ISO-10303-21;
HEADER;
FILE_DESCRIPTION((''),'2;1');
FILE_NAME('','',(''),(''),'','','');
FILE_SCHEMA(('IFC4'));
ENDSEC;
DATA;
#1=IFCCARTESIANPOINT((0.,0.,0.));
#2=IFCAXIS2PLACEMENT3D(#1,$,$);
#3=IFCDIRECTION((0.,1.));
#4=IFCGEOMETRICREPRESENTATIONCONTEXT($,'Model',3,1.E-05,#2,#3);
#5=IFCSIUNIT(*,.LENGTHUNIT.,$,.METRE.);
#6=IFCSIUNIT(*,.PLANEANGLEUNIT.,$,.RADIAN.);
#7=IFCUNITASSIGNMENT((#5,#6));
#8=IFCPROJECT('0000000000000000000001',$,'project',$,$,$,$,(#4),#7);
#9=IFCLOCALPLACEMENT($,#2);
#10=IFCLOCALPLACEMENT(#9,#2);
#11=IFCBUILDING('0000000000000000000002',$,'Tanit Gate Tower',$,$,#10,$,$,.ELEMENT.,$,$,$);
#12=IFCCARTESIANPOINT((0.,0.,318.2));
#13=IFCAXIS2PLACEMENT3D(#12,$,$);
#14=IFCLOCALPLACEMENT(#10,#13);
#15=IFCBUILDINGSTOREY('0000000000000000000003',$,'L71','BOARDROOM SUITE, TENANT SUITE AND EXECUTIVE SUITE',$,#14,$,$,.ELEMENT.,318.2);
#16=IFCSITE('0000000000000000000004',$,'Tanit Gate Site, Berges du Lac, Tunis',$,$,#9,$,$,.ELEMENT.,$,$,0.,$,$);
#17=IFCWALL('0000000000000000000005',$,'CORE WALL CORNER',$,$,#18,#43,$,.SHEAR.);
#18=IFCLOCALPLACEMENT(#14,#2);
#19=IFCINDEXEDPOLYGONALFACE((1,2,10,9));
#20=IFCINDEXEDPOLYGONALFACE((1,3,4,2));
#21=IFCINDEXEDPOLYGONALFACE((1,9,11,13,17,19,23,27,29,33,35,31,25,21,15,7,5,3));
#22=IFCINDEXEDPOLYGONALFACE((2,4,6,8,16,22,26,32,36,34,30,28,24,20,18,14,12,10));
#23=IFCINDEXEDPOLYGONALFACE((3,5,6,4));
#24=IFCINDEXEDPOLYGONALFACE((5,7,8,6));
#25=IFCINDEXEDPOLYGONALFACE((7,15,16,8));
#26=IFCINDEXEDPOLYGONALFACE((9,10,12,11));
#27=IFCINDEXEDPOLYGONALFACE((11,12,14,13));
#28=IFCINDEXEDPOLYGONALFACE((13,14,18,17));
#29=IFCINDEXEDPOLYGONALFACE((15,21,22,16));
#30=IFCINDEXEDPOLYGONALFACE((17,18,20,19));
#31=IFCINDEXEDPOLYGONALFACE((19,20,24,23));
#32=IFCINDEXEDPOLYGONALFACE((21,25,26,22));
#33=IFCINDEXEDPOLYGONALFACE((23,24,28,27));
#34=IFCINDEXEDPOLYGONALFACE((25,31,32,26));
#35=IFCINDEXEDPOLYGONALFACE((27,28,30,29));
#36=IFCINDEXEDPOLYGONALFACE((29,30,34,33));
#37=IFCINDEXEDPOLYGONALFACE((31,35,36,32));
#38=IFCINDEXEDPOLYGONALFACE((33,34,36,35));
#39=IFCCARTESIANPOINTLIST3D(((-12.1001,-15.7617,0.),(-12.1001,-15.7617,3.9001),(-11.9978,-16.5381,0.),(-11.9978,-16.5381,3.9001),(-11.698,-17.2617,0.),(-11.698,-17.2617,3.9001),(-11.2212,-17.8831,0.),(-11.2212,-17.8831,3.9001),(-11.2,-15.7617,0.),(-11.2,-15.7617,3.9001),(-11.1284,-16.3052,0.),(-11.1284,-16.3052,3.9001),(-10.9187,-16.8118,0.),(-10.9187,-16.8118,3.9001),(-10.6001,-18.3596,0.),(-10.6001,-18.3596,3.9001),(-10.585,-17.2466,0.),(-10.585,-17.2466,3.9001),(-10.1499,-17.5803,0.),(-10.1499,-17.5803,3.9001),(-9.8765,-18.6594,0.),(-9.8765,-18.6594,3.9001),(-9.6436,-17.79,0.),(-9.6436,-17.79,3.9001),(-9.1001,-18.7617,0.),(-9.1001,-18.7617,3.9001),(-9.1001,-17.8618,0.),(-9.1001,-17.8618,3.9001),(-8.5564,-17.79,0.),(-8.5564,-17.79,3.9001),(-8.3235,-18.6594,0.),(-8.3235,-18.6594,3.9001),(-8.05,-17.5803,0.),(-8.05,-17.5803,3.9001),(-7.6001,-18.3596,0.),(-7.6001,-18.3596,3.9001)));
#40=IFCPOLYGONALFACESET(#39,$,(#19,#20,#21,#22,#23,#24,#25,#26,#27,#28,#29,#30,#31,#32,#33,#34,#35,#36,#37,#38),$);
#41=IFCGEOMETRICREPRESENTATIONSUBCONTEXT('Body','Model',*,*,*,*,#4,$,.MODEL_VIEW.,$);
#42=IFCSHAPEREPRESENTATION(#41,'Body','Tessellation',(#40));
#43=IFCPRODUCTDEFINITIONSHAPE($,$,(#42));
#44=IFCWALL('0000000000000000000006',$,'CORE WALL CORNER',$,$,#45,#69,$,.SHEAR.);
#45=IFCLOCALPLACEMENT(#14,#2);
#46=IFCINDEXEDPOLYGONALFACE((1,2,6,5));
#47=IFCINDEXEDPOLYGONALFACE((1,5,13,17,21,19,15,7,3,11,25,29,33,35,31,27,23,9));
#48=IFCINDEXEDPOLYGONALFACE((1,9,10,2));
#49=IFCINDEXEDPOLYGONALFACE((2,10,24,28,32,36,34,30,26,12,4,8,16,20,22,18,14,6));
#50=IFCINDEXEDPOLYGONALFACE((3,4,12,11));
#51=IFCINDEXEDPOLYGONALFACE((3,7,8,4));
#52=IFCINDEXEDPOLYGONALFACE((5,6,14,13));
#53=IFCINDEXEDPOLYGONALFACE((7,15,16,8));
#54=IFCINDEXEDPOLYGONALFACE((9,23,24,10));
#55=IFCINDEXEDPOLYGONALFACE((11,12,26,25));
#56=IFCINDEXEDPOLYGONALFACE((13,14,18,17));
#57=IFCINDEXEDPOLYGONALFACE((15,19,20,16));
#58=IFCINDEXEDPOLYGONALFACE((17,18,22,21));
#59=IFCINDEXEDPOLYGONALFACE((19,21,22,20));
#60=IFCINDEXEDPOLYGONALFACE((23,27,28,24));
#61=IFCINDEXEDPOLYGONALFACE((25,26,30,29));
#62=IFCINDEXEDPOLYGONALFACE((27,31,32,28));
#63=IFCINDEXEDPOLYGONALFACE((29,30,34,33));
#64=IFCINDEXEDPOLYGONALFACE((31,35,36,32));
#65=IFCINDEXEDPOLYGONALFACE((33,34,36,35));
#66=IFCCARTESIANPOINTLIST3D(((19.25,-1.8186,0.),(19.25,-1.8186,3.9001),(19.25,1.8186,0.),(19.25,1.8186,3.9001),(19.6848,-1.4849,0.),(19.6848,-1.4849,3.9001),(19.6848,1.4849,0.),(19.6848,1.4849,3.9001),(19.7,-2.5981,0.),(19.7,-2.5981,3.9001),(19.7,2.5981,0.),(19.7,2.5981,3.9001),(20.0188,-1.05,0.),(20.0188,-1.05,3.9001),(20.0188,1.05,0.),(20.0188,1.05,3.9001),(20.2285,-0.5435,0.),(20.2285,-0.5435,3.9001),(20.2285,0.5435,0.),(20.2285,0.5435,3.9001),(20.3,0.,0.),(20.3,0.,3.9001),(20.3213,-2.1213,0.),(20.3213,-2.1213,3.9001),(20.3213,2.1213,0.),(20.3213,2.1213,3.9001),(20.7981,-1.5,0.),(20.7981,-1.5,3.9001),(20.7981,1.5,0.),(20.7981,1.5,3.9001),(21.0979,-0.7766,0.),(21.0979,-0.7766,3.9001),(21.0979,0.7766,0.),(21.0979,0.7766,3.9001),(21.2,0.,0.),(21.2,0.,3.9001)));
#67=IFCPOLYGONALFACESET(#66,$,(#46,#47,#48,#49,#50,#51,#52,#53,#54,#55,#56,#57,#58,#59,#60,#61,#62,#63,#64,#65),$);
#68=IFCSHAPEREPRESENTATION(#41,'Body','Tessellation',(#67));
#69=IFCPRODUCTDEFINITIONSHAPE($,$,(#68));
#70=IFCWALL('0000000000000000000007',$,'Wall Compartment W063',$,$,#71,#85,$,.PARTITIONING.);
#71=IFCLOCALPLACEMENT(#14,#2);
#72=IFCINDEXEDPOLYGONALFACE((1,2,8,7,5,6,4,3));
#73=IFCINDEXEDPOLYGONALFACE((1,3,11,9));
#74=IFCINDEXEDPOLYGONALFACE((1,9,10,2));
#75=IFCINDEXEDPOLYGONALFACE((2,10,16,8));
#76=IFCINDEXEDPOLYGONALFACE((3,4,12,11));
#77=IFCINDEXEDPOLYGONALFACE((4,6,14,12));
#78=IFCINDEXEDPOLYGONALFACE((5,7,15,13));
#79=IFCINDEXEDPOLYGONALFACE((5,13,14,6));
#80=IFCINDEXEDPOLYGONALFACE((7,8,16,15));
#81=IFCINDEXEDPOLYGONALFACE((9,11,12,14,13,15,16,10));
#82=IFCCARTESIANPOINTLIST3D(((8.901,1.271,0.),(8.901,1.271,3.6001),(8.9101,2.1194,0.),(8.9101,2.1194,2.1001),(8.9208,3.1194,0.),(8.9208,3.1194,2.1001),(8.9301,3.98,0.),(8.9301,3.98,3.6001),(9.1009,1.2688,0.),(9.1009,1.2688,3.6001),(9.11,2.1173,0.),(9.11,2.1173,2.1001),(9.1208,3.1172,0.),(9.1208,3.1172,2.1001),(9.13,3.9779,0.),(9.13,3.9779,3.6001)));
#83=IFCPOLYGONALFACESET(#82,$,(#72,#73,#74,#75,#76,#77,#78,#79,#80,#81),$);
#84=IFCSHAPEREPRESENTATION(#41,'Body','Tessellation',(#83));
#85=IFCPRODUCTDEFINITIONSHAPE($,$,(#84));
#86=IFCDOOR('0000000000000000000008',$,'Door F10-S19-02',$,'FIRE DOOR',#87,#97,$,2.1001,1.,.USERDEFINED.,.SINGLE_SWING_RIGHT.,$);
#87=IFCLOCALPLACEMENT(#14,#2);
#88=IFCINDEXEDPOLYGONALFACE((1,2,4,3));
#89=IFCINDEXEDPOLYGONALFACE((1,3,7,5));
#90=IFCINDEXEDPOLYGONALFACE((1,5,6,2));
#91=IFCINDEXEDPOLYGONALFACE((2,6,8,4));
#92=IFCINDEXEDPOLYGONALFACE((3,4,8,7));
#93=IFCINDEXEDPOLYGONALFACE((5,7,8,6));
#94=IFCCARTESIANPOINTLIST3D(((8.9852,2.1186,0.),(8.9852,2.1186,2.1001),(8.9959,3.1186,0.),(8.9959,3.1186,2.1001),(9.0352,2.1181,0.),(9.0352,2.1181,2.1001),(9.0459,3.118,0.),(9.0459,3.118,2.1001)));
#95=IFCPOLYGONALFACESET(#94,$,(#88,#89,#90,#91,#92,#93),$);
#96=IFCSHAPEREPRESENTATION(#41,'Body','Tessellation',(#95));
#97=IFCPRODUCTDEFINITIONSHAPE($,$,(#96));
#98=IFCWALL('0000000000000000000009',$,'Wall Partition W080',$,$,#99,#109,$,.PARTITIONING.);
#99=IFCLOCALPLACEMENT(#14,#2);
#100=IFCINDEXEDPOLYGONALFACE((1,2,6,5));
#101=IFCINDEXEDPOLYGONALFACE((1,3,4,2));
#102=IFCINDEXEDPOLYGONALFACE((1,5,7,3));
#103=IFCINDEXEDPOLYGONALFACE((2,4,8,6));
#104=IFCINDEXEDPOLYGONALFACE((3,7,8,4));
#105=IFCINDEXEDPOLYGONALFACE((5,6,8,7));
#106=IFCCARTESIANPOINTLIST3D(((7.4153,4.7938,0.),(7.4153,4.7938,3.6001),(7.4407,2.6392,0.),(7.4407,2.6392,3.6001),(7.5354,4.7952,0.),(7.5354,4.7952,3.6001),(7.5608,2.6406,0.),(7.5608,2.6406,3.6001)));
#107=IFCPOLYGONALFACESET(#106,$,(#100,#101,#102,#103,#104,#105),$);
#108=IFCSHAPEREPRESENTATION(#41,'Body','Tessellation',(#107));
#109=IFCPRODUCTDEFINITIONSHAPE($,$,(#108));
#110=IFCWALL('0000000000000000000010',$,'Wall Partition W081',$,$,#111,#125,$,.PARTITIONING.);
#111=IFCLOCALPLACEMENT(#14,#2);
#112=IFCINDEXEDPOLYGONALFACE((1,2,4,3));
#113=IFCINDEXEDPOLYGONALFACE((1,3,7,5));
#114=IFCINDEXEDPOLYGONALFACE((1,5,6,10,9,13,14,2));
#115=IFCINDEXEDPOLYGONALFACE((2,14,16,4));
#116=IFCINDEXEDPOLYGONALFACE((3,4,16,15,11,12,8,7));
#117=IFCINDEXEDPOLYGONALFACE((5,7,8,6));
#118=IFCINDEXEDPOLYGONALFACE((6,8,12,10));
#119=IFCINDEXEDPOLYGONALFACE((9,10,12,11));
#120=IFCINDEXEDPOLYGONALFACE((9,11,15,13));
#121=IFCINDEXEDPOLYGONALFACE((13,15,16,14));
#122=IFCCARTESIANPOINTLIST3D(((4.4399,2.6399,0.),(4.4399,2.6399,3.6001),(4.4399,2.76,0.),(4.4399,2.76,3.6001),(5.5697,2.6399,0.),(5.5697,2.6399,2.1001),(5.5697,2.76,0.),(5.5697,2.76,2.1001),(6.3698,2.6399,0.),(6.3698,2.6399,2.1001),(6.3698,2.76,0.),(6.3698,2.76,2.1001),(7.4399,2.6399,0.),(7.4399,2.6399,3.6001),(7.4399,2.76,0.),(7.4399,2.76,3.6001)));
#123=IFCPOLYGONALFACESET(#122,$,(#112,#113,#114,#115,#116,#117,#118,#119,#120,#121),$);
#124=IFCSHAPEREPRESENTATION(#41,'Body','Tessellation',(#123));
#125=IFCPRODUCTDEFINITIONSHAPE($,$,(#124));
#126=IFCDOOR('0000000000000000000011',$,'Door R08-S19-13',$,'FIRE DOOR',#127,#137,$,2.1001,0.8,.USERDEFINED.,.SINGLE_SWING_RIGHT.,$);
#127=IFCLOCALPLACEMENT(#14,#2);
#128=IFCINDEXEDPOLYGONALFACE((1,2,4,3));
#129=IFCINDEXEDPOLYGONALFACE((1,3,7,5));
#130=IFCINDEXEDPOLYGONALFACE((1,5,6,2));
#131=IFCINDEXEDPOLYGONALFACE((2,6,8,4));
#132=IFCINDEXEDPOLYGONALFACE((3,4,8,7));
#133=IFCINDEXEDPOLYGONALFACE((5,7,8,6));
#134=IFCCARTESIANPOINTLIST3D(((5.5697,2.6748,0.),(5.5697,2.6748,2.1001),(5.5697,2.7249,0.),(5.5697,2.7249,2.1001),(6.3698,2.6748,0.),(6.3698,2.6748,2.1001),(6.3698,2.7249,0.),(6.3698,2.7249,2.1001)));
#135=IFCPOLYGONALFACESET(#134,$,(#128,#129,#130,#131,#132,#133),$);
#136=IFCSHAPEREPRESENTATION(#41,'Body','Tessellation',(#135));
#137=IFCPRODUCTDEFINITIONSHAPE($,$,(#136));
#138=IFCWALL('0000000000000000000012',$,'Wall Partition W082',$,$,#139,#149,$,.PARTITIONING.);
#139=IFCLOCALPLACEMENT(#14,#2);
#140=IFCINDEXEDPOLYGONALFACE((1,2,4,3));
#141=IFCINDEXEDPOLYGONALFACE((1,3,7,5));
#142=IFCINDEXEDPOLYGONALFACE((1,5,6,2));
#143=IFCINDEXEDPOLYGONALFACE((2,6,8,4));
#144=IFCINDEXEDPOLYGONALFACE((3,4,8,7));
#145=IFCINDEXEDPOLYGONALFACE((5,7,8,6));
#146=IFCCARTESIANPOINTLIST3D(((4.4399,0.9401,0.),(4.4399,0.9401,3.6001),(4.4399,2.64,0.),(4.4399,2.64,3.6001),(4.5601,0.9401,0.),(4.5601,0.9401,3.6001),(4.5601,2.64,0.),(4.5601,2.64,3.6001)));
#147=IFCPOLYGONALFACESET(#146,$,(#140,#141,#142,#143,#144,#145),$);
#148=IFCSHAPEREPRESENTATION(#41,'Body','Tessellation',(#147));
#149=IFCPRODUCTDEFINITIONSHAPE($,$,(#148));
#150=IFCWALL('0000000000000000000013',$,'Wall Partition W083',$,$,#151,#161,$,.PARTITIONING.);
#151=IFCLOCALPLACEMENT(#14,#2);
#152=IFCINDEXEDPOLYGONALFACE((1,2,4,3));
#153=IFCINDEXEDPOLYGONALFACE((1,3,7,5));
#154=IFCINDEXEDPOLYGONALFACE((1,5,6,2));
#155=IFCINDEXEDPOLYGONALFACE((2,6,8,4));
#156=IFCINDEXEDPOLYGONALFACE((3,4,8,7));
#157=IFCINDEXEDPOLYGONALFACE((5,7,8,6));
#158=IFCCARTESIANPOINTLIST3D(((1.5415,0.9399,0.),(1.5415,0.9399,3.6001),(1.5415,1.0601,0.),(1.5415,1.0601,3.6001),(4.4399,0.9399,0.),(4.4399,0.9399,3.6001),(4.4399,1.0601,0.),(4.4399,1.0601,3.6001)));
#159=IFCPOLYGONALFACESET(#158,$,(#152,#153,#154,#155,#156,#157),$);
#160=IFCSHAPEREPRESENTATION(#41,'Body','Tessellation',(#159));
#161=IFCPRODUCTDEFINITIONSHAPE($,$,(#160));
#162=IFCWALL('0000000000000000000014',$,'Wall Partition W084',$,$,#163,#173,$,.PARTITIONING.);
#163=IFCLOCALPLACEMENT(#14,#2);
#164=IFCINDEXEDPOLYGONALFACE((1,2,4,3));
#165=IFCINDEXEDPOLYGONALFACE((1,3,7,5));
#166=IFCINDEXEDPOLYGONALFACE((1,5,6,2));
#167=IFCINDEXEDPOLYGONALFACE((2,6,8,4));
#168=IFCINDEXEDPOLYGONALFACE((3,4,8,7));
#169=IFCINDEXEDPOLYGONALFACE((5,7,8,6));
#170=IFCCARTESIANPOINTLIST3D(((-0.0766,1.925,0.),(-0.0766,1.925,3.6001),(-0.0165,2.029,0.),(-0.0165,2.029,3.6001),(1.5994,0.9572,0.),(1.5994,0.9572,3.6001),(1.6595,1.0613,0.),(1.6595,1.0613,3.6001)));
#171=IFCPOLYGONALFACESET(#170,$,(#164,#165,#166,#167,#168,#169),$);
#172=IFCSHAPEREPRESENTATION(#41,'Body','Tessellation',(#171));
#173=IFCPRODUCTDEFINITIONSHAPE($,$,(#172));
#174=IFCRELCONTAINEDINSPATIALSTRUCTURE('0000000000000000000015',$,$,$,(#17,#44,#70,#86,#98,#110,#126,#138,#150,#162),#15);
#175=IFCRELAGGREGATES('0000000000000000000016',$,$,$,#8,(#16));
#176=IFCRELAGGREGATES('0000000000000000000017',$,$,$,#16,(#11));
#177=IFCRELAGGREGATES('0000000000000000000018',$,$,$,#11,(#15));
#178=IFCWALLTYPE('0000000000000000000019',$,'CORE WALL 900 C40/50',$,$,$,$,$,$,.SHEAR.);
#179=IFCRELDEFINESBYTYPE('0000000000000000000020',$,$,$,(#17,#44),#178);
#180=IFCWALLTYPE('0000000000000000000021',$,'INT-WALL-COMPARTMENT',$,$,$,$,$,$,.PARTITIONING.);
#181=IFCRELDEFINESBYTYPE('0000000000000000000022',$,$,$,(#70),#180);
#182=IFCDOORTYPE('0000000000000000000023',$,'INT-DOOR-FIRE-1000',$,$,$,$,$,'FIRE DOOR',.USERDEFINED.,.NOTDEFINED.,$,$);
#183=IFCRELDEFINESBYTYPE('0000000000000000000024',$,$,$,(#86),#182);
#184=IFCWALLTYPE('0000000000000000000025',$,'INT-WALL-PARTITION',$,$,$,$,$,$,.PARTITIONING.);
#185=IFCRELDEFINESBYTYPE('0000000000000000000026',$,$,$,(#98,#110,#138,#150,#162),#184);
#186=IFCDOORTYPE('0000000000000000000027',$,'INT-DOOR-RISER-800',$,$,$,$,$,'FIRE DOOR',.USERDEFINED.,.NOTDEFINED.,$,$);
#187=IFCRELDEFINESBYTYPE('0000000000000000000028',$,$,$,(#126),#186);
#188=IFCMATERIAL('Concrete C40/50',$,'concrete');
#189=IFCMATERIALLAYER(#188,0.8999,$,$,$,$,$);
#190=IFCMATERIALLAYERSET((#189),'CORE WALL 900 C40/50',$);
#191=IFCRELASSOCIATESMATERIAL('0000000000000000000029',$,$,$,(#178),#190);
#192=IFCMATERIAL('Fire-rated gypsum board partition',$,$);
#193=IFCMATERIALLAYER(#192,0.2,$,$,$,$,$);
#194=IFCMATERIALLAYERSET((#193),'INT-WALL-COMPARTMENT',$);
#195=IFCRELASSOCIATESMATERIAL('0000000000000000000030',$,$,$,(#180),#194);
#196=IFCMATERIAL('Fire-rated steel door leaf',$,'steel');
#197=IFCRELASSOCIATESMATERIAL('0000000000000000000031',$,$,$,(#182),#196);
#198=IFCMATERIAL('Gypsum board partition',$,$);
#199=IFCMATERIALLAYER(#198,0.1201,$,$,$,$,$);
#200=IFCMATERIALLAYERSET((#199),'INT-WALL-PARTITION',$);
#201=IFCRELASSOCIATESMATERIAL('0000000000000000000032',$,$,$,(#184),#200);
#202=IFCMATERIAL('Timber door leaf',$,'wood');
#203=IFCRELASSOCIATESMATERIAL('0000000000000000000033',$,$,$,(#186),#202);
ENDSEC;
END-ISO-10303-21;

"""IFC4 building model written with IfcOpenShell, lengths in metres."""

from ifc_helpers import new_model, si_unit, direction, frame, frame_2d, origin, place, context, subcontext, project, spatial, polyline, rectangle, outline, extrude, material, layer, layer_set, type_object, element, fill, save


model = new_model("IFC4")

# Units and contexts
model_context = context("Model", 3, precision=1e-05, world=origin(), true_north=direction((0.0, 1.0)))
body_context = subcontext(model_context, "Body", "Model", "MODEL_VIEW")
ifc_project = project(units=[si_unit("LENGTHUNIT", "METRE"), si_unit("PLANEANGLEUNIT", "RADIAN")], contexts=[model_context])

# Site, building, storey
site_placement = place(None, origin())
site = spatial("IfcSite", under=ifc_project, at=site_placement, Name="Tanit Gate Site, Berges du Lac, Tunis", CompositionType="ELEMENT", RefElevation=0.0)
building_placement = place(site_placement, origin())
building = spatial("IfcBuilding", under=site, at=building_placement, Name="Tanit Gate Tower", CompositionType="ELEMENT")
storey_placement = place(building_placement, frame((0.0, 0.0, 318.2)))
storey = spatial("IfcBuildingStorey", under=building, at=storey_placement, Name="L71", Description="BOARDROOM SUITE, TENANT SUITE AND EXECUTIVE SUITE", CompositionType="ELEMENT", Elevation=318.2)

# Walls
ifc_material_1 = material(Name="Concrete C40/50", Category="concrete")
ifc_layer_1 = layer(ifc_material_1, 0.8999)
ifc_layer_set_1 = layer_set([ifc_layer_1], Name="CORE WALL 900 C40/50")
wall_type_1 = type_object("IfcWallType", Name="CORE WALL 900 C40/50", PredefinedType="SHEAR", material=ifc_layer_set_1)
wall_1_placement = place(storey_placement, origin())
element("IfcWall", 1, at=wall_1_placement, inside=storey, type_object=wall_type_1, Name="CORE WALL CORNER", PredefinedType="SHEAR", context=body_context, shape_type="SweptSolid", body=[
    extrude(outline(polyline([(-12.1001, -15.7617), (-11.9978, -16.5381), (-11.698, -17.2617), (-11.2212, -17.8831), (-10.6001, -18.3596), (-9.8765, -18.6594), (-9.1001, -18.7617), (-8.3235, -18.6594), (-7.6001, -18.3596), (-8.05, -17.5803), (-8.5564, -17.79), (-9.1001, -17.8618), (-9.6436, -17.79), (-10.1499, -17.5803), (-10.585, -17.2466), (-10.9187, -16.8118), (-11.1284, -16.3052), (-11.2, -15.7617), (-12.1001, -15.7617)])), origin(), (0.0, 0.0, 1.0), 3.9001),
])
wall_2_placement = place(storey_placement, origin())
element("IfcWall", 2, at=wall_2_placement, inside=storey, type_object=wall_type_1, Name="CORE WALL CORNER", PredefinedType="SHEAR", context=body_context, shape_type="SweptSolid", body=[
    extrude(outline(polyline([(19.7, -2.5981), (20.3213, -2.1213), (20.7981, -1.5), (21.0979, -0.7766), (21.2, 0.0), (21.0979, 0.7766), (20.7981, 1.5), (20.3213, 2.1213), (19.7, 2.5981), (19.25, 1.8186), (19.6848, 1.4849), (20.0188, 1.05), (20.2285, 0.5435), (20.3, 0.0), (20.2285, -0.5435), (20.0188, -1.05), (19.6848, -1.4849), (19.25, -1.8186), (19.7, -2.5981)])), origin(), (0.0, 0.0, 1.0), 3.9001),
])

# Wall, opening, door
ifc_material_2 = material(Name="Fire-rated gypsum board partition")
ifc_layer_2 = layer(ifc_material_2, 0.2)
ifc_layer_set_2 = layer_set([ifc_layer_2], Name="INT-WALL-COMPARTMENT")
wall_type_2 = type_object("IfcWallType", Name="INT-WALL-COMPARTMENT", PredefinedType="PARTITIONING", material=ifc_layer_set_2)
wall_3_placement = place(storey_placement, frame((9.001, 1.27, 0.0), z_axis=(0.0, 0.0, 1.0), x_axis=(0.010724, 0.999942, 0.0)))
wall_3 = element("IfcWall", 3, at=wall_3_placement, inside=storey, type_object=wall_type_2, Name="Wall Compartment W063", PredefinedType="PARTITIONING", context=body_context, shape_type="SweptSolid", body=[
    extrude(rectangle(XDim=2.7092, YDim=0.2, at=frame_2d((1.3545, 0.0))), origin(), (0.0, 0.0, 1.0), 3.6001),
])
opening_1_placement = place(wall_3_placement, frame((0.8484, 0.0, 0.0)))
opening_1 = element("IfcOpeningElement", 4, at=opening_1_placement, cuts=wall_3, PredefinedType="OPENING", context=body_context, shape_type="SweptSolid", body=[
    extrude(rectangle(XDim=1.0, YDim=2.1001, at=frame_2d((0.5, 1.05))), frame((0.0, 0.1099, 0.0), z_axis=(0.0, -1.0, 0.0), x_axis=(1.0, 0.0, 0.0)), (0.0, 0.0, 1.0), 0.22),
])
ifc_material_3 = material(Name="Fire-rated steel door leaf", Category="steel")
door_type_1 = type_object("IfcDoorType", Name="INT-DOOR-FIRE-1000", ElementType="FIRE DOOR", OperationType="NOTDEFINED", PredefinedType="USERDEFINED", material=ifc_material_3)
door_1_placement = place(opening_1_placement, origin())
door_1 = element("IfcDoor", 5, at=door_1_placement, inside=storey, type_object=door_type_1, Name="Door F10-S19-02", ObjectType="FIRE DOOR", OperationType="SINGLE_SWING_RIGHT", OverallHeight=2.1001, OverallWidth=1.0, PredefinedType="USERDEFINED", context=body_context, shape_type="SweptSolid", body=[
    extrude(rectangle(XDim=1.0, YDim=2.1001, at=frame_2d((0.5, 1.05))), frame((0.0, 0.0249, 0.0), z_axis=(0.0, -1.0, 0.0), x_axis=(1.0, 0.0, 0.0)), (0.0, 0.0, 1.0), 0.05),
])
fill(opening_1, door_1)

# Wall
ifc_material_4 = material(Name="Gypsum board partition")
ifc_layer_3 = layer(ifc_material_4, 0.1201)
ifc_layer_set_3 = layer_set([ifc_layer_3], Name="INT-WALL-PARTITION")
wall_type_3 = type_object("IfcWallType", Name="INT-WALL-PARTITION", PredefinedType="PARTITIONING", material=ifc_layer_set_3)
wall_4_placement = place(storey_placement, frame((7.5007, 2.6399, 0.0), z_axis=(0.0, 0.0, 1.0), x_axis=(-0.011784, 0.999931, 0.0)))
element("IfcWall", 6, at=wall_4_placement, inside=storey, type_object=wall_type_3, Name="Wall Partition W080", PredefinedType="PARTITIONING", context=body_context, shape_type="SweptSolid", body=[
    extrude(rectangle(XDim=2.1548, YDim=0.1201, at=frame_2d((1.0774, 0.0))), origin(), (0.0, 0.0, 1.0), 3.6001),
])

# Wall, opening, door
wall_5_placement = place(storey_placement, frame((4.4399, 2.7, 0.0), z_axis=(0.0, 0.0, 1.0), x_axis=(1.0, 0.0, 0.0)))
wall_5 = element("IfcWall", 7, at=wall_5_placement, inside=storey, type_object=wall_type_3, Name="Wall Partition W081", PredefinedType="PARTITIONING", context=body_context, shape_type="SweptSolid", body=[
    extrude(rectangle(XDim=3.0, YDim=0.1201, at=frame_2d((1.5, 0.0))), origin(), (0.0, 0.0, 1.0), 3.6001),
])
opening_2_placement = place(wall_5_placement, frame((1.1299, 0.0, 0.0)))
opening_2 = element("IfcOpeningElement", 8, at=opening_2_placement, cuts=wall_5, PredefinedType="OPENING", context=body_context, shape_type="SweptSolid", body=[
    extrude(rectangle(XDim=0.8, YDim=2.1001, at=frame_2d((0.3999, 1.05))), frame((0.0, 0.0701, 0.0), z_axis=(0.0, -1.0, 0.0), x_axis=(1.0, 0.0, 0.0)), (0.0, 0.0, 1.0), 0.1401),
])
ifc_material_5 = material(Name="Timber door leaf", Category="wood")
door_type_2 = type_object("IfcDoorType", Name="INT-DOOR-RISER-800", ElementType="FIRE DOOR", OperationType="NOTDEFINED", PredefinedType="USERDEFINED", material=ifc_material_5)
door_2_placement = place(opening_2_placement, origin())
door_2 = element("IfcDoor", 9, at=door_2_placement, inside=storey, type_object=door_type_2, Name="Door R08-S19-13", ObjectType="FIRE DOOR", OperationType="SINGLE_SWING_RIGHT", OverallHeight=2.1001, OverallWidth=0.8, PredefinedType="USERDEFINED", context=body_context, shape_type="SweptSolid", body=[
    extrude(rectangle(XDim=0.8, YDim=2.1001, at=frame_2d((0.3999, 1.05))), frame((0.0, 0.0249, 0.0), z_axis=(0.0, -1.0, 0.0), x_axis=(1.0, 0.0, 0.0)), (0.0, 0.0, 1.0), 0.05),
])
fill(opening_2, door_2)

# Walls
wall_6_placement = place(storey_placement, frame((4.5, 0.9399, 0.0), z_axis=(0.0, 0.0, 1.0), x_axis=(0.0, 1.0, 0.0)))
element("IfcWall", 10, at=wall_6_placement, inside=storey, type_object=wall_type_3, Name="Wall Partition W082", PredefinedType="PARTITIONING", context=body_context, shape_type="SweptSolid", body=[
    extrude(rectangle(XDim=1.7, YDim=0.1201, at=frame_2d((0.8501, 0.0))), origin(), (0.0, 0.0, 1.0), 3.6001),
])
wall_7_placement = place(storey_placement, frame((1.5415, 1.0, 0.0), z_axis=(0.0, 0.0, 1.0), x_axis=(1.0, 0.0, 0.0)))
element("IfcWall", 11, at=wall_7_placement, inside=storey, type_object=wall_type_3, Name="Wall Partition W083", PredefinedType="PARTITIONING", context=body_context, shape_type="SweptSolid", body=[
    extrude(rectangle(XDim=2.8984, YDim=0.1201, at=frame_2d((1.4492, 0.0))), origin(), (0.0, 0.0, 1.0), 3.6001),
])
wall_8_placement = place(storey_placement, frame((-0.0466, 1.9771, 0.0), z_axis=(0.0, 0.0, 1.0), x_axis=(0.865999, -0.500046, 0.0)))
element("IfcWall", 12, at=wall_8_placement, inside=storey, type_object=wall_type_3, Name="Wall Partition W084", PredefinedType="PARTITIONING", context=body_context, shape_type="SweptSolid", body=[
    extrude(rectangle(XDim=1.9353, YDim=0.1201, at=frame_2d((0.9678, 0.0))), origin(), (0.0, 0.0, 1.0), 3.6001),
])

save(model, "model.ifc")
